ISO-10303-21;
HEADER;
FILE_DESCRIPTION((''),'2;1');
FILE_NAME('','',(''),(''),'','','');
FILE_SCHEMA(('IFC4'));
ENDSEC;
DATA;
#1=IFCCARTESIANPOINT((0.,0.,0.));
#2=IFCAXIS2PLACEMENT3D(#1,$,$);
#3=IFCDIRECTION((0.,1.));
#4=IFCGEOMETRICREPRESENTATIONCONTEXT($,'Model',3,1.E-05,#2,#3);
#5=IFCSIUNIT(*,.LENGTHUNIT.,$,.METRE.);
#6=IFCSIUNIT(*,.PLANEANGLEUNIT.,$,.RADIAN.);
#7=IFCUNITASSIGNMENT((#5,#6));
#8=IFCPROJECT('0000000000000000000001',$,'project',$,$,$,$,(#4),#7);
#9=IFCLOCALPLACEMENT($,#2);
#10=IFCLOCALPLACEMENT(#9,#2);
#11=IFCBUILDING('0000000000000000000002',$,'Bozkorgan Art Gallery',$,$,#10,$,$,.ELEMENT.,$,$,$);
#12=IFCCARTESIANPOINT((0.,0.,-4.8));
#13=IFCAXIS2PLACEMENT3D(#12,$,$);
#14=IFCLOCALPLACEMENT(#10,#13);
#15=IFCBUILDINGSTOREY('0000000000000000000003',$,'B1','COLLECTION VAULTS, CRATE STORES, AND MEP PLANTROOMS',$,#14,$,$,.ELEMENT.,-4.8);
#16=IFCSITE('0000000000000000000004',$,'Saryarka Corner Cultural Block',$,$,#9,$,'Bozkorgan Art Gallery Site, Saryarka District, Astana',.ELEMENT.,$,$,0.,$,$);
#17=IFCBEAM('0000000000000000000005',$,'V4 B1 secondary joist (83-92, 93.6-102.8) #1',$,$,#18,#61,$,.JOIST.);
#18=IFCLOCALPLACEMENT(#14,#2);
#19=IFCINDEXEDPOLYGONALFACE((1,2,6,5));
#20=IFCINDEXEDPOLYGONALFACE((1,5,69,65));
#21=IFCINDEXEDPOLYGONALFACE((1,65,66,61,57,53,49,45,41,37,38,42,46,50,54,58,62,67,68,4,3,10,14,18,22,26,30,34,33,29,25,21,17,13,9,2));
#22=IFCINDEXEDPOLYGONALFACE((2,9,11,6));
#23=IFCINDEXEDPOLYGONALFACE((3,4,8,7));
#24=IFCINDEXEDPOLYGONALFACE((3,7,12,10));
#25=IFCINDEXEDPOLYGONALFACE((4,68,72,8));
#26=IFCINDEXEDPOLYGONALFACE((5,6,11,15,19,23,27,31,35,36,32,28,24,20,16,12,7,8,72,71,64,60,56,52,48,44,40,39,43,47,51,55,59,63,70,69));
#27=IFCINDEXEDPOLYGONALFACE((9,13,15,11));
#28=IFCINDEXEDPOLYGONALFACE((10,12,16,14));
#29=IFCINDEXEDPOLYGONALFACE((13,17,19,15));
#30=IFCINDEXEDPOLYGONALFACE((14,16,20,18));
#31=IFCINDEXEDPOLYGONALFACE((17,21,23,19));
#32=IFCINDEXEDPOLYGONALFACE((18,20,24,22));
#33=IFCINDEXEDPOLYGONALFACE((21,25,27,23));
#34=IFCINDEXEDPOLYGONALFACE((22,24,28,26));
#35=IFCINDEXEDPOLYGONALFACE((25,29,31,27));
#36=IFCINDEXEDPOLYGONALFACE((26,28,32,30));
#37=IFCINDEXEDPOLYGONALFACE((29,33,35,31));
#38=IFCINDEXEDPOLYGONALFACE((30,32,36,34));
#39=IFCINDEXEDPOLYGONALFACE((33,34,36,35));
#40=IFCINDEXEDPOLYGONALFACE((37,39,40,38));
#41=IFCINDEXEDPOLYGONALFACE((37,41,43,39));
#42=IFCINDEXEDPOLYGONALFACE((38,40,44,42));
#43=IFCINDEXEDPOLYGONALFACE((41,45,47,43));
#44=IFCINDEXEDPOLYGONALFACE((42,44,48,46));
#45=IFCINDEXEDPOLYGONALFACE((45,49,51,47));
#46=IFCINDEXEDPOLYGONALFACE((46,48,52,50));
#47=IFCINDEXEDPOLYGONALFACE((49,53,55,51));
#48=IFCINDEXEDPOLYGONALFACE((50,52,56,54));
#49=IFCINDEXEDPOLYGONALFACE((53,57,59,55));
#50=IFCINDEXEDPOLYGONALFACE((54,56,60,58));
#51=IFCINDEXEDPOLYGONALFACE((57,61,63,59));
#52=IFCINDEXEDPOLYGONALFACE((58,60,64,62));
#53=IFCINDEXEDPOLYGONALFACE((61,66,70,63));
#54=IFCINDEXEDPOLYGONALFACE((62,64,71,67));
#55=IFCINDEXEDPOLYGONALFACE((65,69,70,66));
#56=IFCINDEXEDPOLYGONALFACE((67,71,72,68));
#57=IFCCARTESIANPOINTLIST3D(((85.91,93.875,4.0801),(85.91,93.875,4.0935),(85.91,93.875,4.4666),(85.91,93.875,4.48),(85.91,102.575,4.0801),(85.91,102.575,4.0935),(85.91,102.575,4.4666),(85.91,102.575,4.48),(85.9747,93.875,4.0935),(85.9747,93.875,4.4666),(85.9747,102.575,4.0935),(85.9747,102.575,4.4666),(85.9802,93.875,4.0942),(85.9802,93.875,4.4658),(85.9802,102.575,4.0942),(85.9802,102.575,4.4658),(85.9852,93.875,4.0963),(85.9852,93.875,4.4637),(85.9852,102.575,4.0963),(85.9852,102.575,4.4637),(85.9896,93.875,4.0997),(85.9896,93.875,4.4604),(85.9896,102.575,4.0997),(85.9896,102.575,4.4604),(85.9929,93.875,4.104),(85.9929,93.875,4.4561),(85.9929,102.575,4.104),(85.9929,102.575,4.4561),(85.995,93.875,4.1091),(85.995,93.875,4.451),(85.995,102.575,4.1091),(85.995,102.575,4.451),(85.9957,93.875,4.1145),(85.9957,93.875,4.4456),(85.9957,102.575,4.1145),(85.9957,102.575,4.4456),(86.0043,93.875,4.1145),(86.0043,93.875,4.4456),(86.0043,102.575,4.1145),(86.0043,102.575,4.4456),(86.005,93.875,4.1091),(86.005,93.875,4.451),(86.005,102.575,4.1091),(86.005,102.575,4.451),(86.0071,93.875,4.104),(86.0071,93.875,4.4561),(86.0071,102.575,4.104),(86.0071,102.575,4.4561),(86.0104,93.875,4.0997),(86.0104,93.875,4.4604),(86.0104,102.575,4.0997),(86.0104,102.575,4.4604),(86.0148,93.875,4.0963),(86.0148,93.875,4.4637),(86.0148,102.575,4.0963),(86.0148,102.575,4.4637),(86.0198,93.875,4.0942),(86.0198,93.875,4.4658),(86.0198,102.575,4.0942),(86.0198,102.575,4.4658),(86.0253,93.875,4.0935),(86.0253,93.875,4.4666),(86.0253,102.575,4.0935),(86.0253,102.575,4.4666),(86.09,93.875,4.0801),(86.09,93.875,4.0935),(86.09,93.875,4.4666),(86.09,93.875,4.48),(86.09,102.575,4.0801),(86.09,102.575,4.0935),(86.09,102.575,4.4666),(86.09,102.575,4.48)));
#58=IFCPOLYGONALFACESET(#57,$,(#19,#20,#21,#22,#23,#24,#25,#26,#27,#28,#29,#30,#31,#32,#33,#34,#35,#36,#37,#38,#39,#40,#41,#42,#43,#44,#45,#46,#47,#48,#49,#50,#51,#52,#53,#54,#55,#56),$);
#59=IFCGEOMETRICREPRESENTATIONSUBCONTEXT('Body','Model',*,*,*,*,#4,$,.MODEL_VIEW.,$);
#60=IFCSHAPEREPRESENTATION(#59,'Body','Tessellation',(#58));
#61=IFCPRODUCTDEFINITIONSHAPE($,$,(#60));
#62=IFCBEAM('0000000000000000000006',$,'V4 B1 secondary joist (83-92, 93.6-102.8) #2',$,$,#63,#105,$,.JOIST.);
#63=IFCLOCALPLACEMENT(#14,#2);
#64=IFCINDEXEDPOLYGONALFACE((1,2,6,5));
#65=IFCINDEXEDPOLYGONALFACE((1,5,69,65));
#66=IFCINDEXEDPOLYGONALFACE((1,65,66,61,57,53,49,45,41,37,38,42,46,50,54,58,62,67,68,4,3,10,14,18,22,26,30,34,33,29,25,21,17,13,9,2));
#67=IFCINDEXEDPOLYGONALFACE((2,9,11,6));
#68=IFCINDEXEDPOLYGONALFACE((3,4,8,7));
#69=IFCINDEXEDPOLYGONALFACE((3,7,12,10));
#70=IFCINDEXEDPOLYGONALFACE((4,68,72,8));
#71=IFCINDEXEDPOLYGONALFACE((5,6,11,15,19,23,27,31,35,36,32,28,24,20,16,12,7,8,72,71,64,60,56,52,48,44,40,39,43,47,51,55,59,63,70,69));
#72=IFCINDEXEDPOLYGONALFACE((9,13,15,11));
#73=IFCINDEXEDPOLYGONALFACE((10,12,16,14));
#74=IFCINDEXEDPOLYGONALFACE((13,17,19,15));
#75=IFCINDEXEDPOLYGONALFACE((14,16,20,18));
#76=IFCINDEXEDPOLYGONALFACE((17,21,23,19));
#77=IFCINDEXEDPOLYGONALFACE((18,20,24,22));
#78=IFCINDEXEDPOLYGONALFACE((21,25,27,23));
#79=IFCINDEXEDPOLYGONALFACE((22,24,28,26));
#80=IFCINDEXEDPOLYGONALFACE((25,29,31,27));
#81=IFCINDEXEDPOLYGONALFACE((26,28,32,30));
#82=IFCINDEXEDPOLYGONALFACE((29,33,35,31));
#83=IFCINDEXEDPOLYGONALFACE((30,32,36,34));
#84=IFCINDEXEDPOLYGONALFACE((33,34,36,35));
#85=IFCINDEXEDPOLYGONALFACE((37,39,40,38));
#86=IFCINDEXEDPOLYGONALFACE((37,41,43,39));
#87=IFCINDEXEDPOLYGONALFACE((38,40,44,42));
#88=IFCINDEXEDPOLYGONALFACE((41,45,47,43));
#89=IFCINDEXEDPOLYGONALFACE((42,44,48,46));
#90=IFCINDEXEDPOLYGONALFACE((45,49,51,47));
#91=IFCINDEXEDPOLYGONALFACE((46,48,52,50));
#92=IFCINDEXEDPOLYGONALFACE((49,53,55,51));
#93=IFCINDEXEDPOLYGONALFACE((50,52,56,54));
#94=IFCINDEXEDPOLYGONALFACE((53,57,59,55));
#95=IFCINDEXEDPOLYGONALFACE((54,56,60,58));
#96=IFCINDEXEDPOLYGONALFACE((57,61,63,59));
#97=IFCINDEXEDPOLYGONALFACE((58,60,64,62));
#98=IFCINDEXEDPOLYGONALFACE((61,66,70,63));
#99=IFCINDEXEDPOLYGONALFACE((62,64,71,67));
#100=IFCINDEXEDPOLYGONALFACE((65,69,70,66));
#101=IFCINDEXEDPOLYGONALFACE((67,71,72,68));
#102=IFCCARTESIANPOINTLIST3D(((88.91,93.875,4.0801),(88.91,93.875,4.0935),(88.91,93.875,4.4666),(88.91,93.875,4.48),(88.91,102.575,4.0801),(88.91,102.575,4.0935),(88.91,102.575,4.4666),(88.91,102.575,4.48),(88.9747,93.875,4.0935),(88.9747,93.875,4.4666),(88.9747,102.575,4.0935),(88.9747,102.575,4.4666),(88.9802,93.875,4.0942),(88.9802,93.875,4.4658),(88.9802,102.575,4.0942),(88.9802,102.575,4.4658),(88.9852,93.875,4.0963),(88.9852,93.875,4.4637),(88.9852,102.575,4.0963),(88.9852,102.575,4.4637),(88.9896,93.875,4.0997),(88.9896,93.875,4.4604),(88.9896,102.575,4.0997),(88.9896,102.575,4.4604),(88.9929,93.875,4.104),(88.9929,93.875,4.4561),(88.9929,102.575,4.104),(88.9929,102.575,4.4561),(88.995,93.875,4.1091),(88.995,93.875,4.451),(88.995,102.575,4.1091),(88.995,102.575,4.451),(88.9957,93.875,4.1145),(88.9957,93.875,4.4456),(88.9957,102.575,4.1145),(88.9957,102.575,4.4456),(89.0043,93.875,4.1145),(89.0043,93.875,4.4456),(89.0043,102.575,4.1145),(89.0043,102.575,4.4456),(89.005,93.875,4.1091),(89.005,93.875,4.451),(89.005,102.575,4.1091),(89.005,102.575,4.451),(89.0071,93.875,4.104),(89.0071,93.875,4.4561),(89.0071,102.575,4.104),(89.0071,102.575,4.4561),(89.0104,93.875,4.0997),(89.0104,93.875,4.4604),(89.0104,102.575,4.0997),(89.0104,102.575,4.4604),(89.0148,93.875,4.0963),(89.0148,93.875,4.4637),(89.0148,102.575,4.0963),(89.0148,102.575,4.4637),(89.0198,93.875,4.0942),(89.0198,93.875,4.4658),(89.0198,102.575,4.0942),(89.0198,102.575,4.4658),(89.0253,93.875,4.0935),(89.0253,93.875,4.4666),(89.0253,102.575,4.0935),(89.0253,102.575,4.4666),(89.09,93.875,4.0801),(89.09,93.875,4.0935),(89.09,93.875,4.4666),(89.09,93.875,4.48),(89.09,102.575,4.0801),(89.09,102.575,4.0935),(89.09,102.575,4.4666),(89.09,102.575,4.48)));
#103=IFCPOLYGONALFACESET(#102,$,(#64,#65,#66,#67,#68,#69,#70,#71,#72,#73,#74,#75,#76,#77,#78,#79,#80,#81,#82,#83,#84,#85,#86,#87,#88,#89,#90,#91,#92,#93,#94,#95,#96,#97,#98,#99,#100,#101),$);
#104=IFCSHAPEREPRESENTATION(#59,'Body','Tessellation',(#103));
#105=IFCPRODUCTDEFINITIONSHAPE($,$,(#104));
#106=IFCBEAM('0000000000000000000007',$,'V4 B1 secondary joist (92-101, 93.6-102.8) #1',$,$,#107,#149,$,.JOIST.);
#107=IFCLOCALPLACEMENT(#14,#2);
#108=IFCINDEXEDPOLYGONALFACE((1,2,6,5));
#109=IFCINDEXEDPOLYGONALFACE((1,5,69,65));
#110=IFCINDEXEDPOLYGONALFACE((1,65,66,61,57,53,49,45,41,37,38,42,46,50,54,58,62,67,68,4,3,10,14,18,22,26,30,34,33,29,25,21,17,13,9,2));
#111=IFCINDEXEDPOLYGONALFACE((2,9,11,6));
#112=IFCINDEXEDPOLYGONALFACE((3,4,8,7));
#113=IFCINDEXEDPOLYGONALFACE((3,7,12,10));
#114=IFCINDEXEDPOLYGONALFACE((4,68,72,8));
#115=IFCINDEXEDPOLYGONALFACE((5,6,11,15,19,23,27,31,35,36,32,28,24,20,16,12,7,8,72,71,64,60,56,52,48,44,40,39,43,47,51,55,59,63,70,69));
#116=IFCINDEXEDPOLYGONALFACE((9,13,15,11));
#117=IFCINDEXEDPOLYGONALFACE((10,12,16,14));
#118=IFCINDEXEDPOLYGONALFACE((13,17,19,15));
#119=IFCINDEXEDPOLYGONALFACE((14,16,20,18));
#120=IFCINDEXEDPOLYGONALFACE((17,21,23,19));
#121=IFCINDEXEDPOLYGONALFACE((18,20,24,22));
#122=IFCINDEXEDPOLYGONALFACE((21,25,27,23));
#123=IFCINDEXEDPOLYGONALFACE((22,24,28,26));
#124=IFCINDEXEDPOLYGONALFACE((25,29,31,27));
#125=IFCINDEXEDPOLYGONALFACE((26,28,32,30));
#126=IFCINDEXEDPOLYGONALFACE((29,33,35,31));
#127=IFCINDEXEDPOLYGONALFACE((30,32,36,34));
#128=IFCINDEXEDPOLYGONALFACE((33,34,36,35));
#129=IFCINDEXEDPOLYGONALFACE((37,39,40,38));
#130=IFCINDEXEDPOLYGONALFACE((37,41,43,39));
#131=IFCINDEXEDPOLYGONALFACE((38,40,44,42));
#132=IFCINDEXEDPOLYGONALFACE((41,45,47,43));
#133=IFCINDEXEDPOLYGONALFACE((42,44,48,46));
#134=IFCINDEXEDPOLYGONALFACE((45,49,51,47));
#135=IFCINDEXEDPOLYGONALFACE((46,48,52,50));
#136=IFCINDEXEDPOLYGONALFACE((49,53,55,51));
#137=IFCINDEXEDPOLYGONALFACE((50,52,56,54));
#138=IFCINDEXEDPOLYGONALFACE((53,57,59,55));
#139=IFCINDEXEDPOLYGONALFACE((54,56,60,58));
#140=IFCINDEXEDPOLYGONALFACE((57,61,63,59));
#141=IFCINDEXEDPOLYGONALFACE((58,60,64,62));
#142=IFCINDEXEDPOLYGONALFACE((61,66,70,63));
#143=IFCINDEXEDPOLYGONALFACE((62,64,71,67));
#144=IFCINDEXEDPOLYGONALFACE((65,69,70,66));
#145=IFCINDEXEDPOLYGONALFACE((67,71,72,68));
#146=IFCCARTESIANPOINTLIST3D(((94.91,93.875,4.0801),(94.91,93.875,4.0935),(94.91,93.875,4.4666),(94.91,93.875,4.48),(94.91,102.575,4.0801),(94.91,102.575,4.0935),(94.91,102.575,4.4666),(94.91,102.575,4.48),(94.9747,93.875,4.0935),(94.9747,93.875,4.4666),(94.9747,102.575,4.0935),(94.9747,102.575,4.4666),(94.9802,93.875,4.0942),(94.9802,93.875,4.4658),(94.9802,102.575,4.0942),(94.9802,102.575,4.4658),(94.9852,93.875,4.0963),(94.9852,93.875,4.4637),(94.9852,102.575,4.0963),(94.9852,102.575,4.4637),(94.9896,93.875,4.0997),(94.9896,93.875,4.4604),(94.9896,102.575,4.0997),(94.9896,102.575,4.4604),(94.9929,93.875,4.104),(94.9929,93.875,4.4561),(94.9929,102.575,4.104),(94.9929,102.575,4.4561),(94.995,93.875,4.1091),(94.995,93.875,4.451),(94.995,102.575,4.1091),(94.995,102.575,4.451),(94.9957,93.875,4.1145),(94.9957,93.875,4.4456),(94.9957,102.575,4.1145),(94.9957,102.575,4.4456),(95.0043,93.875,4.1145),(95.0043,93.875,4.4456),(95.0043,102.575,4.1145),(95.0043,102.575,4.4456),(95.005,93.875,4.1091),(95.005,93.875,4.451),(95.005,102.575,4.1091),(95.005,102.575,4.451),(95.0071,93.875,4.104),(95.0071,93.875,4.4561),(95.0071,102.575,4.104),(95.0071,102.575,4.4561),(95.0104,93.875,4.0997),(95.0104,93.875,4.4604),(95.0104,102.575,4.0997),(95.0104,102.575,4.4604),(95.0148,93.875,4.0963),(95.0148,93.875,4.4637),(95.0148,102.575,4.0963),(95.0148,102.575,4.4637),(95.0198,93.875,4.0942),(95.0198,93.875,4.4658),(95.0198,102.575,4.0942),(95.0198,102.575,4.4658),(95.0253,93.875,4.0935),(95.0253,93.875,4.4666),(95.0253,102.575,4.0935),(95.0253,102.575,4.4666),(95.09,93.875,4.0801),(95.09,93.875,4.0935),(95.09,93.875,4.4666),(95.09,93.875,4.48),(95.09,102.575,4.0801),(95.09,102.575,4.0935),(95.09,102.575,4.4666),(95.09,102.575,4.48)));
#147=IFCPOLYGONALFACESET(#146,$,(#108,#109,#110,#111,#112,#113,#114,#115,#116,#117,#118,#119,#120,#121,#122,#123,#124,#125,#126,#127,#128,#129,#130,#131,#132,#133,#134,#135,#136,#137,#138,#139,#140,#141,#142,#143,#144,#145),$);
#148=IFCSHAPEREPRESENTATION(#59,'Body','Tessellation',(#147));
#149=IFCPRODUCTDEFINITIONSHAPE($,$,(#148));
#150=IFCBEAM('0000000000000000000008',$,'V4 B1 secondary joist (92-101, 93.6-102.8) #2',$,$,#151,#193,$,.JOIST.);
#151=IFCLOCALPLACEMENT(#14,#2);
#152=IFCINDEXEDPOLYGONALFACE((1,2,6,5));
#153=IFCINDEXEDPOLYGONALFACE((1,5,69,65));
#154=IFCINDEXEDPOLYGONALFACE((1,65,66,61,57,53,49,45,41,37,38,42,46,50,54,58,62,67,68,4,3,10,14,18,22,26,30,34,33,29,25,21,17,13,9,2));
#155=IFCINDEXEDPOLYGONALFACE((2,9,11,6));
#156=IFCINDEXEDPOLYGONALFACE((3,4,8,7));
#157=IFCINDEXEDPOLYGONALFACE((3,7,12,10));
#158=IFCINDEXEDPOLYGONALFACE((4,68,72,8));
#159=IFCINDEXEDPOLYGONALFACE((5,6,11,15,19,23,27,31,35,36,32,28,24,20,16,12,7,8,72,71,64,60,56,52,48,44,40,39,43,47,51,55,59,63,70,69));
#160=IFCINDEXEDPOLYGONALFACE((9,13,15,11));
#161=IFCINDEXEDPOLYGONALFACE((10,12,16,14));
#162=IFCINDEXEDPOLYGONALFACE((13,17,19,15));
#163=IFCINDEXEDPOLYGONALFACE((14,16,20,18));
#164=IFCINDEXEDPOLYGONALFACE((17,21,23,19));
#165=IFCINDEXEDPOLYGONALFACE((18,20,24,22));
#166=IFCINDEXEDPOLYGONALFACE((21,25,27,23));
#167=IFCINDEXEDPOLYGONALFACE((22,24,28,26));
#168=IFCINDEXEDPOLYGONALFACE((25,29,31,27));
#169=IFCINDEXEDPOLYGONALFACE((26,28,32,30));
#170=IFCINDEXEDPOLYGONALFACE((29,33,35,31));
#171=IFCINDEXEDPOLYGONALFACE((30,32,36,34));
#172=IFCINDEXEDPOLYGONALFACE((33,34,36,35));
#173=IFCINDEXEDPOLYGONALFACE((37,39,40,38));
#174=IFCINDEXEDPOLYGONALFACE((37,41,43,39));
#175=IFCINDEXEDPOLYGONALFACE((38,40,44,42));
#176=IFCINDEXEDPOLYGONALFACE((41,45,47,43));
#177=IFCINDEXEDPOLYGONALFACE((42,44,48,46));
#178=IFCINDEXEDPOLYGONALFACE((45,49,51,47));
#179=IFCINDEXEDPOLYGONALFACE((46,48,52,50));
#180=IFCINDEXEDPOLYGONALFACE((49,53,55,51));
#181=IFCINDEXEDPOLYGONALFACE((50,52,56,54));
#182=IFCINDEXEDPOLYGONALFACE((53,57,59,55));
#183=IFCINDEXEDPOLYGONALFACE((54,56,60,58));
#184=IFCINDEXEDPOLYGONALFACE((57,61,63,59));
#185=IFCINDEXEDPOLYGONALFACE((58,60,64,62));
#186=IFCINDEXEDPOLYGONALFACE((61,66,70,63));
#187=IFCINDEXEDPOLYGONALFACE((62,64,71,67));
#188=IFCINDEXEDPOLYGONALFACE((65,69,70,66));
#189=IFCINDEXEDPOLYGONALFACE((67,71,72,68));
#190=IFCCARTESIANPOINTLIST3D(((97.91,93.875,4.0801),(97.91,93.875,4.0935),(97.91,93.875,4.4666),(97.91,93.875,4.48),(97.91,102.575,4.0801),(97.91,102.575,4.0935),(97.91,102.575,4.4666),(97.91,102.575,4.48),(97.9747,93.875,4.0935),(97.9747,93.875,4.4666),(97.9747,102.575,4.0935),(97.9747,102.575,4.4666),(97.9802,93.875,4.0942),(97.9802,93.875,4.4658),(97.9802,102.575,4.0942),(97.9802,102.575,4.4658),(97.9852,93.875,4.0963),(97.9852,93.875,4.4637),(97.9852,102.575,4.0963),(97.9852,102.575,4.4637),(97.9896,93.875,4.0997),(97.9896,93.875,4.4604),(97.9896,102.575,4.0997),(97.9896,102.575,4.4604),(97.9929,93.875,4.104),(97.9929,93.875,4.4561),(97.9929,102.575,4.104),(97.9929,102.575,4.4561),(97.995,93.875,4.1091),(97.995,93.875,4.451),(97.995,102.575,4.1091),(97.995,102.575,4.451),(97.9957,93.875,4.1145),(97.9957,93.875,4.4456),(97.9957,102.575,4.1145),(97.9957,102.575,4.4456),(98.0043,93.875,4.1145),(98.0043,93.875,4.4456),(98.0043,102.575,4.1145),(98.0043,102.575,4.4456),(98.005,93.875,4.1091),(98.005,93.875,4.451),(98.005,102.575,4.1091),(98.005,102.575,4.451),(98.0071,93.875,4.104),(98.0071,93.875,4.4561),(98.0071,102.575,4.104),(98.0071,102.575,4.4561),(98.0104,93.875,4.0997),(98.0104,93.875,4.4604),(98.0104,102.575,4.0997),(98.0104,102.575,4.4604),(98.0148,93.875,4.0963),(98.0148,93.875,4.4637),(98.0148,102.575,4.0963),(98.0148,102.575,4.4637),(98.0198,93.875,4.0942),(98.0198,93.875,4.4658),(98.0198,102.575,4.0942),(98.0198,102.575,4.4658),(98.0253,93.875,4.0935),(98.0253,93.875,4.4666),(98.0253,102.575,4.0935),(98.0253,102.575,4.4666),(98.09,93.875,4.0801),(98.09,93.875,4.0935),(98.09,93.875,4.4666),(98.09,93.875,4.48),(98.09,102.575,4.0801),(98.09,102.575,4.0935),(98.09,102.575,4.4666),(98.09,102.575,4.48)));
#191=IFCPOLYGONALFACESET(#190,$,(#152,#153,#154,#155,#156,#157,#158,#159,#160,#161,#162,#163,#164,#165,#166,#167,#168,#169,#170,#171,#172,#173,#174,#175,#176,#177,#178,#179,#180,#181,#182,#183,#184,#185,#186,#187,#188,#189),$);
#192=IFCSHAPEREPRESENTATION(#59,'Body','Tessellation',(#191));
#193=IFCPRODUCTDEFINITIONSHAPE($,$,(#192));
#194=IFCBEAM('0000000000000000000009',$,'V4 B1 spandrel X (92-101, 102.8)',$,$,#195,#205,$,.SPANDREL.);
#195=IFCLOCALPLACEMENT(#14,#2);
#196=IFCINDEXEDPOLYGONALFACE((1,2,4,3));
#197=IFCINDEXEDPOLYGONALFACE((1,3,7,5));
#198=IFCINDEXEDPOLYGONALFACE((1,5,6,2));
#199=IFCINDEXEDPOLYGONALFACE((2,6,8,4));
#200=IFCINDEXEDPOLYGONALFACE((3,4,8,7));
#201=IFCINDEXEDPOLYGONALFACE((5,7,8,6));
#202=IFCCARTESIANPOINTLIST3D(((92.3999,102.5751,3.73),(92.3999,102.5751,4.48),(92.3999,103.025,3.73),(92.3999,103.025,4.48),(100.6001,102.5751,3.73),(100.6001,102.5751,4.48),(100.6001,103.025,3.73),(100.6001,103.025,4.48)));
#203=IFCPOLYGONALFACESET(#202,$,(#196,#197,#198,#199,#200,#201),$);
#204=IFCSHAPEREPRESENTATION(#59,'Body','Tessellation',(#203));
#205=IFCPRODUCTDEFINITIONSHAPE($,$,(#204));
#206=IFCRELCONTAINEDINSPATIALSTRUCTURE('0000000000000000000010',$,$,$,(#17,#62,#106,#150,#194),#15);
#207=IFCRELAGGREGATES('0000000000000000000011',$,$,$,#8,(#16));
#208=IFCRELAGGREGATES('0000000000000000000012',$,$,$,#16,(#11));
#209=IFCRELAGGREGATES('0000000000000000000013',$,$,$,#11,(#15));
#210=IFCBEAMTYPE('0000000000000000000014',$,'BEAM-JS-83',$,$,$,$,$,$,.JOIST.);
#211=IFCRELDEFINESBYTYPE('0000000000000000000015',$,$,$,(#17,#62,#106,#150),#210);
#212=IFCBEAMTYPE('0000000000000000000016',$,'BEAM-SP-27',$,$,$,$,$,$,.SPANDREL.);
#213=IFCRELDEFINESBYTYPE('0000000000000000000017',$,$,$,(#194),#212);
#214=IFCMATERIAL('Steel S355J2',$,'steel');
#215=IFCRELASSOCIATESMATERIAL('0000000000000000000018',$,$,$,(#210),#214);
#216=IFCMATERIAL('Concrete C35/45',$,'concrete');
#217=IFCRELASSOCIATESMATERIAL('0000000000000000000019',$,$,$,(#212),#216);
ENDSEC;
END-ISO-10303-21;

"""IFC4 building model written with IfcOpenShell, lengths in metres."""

from ifc_helpers import new_model, si_unit, direction, frame, origin, origin_2d, place, context, subcontext, project, spatial, rectangle, i_section, extrude, material, material_profile, profile_set, type_object, element, save


model = new_model("IFC4")

# Units and contexts
model_context = context("Model", 3, precision=1e-05, world=origin(), true_north=direction((0.0, 1.0)))
body_context = subcontext(model_context, "Body", "Model", "MODEL_VIEW")
ifc_project = project(units=[si_unit("LENGTHUNIT", "METRE"), si_unit("PLANEANGLEUNIT", "RADIAN")], contexts=[model_context])

# Site, building, storey
site_placement = place(None, origin())
site = spatial("IfcSite", under=ifc_project, at=site_placement, Name="Saryarka Corner Cultural Block", LongName="Bozkorgan Art Gallery Site, Saryarka District, Astana", CompositionType="ELEMENT", RefElevation=0.0)
building_placement = place(site_placement, origin())
building = spatial("IfcBuilding", under=site, at=building_placement, Name="Bozkorgan Art Gallery", CompositionType="ELEMENT")
storey_placement = place(building_placement, frame((0.0, 0.0, -4.8)))
storey = spatial("IfcBuildingStorey", under=building, at=storey_placement, Name="B1", Description="COLLECTION VAULTS, CRATE STORES, AND MEP PLANTROOMS", CompositionType="ELEMENT", Elevation=-4.8)

# Beams
ifc_material_1 = material(Name="Concrete C35/45", Category="concrete")
ifc_material_2 = material(Name="Steel S355J2", Category="steel")
ifc_material_profile_1 = material_profile(ifc_material_2, i_section(OverallWidth=0.1799, OverallDepth=0.3999, WebThickness=0.0085, FlangeThickness=0.0134, FilletRadius=0.021, at=origin_2d()), Name="IPE 400")
ifc_profile_set_1 = profile_set([ifc_material_profile_1], Name="Steel S355J2")
beam_type_1 = type_object("IfcBeamType", Name="BEAM-JS-83", PredefinedType="JOIST", material=ifc_profile_set_1)
for number, where, z_axis, x_axis, name in (
    (1, (86.0, 93.875, 4.28), (0.0, 1.0, 0.0), (-1.0, 0.0, 0.0), "V4 B1 secondary joist (83-92, 93.6-102.8) #1"),
    (2, (89.0, 93.875, 4.28), (0.0, 1.0, 0.0), (-1.0, 0.0, 0.0), "V4 B1 secondary joist (83-92, 93.6-102.8) #2"),
    (3, (95.0, 93.875, 4.28), (0.0, 1.0, 0.0), (-1.0, 0.0, 0.0), "V4 B1 secondary joist (92-101, 93.6-102.8) #1"),
    (4, (98.0, 93.875, 4.28), (0.0, 1.0, 0.0), (-1.0, 0.0, 0.0), "V4 B1 secondary joist (92-101, 93.6-102.8) #2"),
):
    element("IfcBeam", number, at=place(storey_placement, frame(where, z_axis=z_axis, x_axis=x_axis)), inside=storey, type_object=beam_type_1, Name=name, PredefinedType="JOIST", context=body_context, shape_type="SweptSolid", body=[
        extrude(i_section(OverallWidth=0.1799, OverallDepth=0.3999, WebThickness=0.0085, FlangeThickness=0.0134, FilletRadius=0.021, at=origin_2d()), origin(), (0.0, 0.0, 1.0), 8.7),
    ])
ifc_material_profile_2 = material_profile(ifc_material_1, rectangle(XDim=0.45, YDim=0.75, at=origin_2d()), Name="RC 450x750")
ifc_profile_set_2 = profile_set([ifc_material_profile_2], Name="Concrete C35/45")
beam_type_2 = type_object("IfcBeamType", Name="BEAM-SP-27", PredefinedType="SPANDREL", material=ifc_profile_set_2)
beam_1_placement = place(storey_placement, frame((92.3999, 102.8, 4.105), z_axis=(1.0, 0.0, 0.0), x_axis=(0.0, 1.0, 0.0)))
element("IfcBeam", 5, at=beam_1_placement, inside=storey, type_object=beam_type_2, Name="V4 B1 spandrel X (92-101, 102.8)", PredefinedType="SPANDREL", context=body_context, shape_type="SweptSolid", body=[
    extrude(rectangle(XDim=0.45, YDim=0.75, at=origin_2d()), origin(), (0.0, 0.0, 1.0), 8.2002),
])

save(model, "model.ifc")
